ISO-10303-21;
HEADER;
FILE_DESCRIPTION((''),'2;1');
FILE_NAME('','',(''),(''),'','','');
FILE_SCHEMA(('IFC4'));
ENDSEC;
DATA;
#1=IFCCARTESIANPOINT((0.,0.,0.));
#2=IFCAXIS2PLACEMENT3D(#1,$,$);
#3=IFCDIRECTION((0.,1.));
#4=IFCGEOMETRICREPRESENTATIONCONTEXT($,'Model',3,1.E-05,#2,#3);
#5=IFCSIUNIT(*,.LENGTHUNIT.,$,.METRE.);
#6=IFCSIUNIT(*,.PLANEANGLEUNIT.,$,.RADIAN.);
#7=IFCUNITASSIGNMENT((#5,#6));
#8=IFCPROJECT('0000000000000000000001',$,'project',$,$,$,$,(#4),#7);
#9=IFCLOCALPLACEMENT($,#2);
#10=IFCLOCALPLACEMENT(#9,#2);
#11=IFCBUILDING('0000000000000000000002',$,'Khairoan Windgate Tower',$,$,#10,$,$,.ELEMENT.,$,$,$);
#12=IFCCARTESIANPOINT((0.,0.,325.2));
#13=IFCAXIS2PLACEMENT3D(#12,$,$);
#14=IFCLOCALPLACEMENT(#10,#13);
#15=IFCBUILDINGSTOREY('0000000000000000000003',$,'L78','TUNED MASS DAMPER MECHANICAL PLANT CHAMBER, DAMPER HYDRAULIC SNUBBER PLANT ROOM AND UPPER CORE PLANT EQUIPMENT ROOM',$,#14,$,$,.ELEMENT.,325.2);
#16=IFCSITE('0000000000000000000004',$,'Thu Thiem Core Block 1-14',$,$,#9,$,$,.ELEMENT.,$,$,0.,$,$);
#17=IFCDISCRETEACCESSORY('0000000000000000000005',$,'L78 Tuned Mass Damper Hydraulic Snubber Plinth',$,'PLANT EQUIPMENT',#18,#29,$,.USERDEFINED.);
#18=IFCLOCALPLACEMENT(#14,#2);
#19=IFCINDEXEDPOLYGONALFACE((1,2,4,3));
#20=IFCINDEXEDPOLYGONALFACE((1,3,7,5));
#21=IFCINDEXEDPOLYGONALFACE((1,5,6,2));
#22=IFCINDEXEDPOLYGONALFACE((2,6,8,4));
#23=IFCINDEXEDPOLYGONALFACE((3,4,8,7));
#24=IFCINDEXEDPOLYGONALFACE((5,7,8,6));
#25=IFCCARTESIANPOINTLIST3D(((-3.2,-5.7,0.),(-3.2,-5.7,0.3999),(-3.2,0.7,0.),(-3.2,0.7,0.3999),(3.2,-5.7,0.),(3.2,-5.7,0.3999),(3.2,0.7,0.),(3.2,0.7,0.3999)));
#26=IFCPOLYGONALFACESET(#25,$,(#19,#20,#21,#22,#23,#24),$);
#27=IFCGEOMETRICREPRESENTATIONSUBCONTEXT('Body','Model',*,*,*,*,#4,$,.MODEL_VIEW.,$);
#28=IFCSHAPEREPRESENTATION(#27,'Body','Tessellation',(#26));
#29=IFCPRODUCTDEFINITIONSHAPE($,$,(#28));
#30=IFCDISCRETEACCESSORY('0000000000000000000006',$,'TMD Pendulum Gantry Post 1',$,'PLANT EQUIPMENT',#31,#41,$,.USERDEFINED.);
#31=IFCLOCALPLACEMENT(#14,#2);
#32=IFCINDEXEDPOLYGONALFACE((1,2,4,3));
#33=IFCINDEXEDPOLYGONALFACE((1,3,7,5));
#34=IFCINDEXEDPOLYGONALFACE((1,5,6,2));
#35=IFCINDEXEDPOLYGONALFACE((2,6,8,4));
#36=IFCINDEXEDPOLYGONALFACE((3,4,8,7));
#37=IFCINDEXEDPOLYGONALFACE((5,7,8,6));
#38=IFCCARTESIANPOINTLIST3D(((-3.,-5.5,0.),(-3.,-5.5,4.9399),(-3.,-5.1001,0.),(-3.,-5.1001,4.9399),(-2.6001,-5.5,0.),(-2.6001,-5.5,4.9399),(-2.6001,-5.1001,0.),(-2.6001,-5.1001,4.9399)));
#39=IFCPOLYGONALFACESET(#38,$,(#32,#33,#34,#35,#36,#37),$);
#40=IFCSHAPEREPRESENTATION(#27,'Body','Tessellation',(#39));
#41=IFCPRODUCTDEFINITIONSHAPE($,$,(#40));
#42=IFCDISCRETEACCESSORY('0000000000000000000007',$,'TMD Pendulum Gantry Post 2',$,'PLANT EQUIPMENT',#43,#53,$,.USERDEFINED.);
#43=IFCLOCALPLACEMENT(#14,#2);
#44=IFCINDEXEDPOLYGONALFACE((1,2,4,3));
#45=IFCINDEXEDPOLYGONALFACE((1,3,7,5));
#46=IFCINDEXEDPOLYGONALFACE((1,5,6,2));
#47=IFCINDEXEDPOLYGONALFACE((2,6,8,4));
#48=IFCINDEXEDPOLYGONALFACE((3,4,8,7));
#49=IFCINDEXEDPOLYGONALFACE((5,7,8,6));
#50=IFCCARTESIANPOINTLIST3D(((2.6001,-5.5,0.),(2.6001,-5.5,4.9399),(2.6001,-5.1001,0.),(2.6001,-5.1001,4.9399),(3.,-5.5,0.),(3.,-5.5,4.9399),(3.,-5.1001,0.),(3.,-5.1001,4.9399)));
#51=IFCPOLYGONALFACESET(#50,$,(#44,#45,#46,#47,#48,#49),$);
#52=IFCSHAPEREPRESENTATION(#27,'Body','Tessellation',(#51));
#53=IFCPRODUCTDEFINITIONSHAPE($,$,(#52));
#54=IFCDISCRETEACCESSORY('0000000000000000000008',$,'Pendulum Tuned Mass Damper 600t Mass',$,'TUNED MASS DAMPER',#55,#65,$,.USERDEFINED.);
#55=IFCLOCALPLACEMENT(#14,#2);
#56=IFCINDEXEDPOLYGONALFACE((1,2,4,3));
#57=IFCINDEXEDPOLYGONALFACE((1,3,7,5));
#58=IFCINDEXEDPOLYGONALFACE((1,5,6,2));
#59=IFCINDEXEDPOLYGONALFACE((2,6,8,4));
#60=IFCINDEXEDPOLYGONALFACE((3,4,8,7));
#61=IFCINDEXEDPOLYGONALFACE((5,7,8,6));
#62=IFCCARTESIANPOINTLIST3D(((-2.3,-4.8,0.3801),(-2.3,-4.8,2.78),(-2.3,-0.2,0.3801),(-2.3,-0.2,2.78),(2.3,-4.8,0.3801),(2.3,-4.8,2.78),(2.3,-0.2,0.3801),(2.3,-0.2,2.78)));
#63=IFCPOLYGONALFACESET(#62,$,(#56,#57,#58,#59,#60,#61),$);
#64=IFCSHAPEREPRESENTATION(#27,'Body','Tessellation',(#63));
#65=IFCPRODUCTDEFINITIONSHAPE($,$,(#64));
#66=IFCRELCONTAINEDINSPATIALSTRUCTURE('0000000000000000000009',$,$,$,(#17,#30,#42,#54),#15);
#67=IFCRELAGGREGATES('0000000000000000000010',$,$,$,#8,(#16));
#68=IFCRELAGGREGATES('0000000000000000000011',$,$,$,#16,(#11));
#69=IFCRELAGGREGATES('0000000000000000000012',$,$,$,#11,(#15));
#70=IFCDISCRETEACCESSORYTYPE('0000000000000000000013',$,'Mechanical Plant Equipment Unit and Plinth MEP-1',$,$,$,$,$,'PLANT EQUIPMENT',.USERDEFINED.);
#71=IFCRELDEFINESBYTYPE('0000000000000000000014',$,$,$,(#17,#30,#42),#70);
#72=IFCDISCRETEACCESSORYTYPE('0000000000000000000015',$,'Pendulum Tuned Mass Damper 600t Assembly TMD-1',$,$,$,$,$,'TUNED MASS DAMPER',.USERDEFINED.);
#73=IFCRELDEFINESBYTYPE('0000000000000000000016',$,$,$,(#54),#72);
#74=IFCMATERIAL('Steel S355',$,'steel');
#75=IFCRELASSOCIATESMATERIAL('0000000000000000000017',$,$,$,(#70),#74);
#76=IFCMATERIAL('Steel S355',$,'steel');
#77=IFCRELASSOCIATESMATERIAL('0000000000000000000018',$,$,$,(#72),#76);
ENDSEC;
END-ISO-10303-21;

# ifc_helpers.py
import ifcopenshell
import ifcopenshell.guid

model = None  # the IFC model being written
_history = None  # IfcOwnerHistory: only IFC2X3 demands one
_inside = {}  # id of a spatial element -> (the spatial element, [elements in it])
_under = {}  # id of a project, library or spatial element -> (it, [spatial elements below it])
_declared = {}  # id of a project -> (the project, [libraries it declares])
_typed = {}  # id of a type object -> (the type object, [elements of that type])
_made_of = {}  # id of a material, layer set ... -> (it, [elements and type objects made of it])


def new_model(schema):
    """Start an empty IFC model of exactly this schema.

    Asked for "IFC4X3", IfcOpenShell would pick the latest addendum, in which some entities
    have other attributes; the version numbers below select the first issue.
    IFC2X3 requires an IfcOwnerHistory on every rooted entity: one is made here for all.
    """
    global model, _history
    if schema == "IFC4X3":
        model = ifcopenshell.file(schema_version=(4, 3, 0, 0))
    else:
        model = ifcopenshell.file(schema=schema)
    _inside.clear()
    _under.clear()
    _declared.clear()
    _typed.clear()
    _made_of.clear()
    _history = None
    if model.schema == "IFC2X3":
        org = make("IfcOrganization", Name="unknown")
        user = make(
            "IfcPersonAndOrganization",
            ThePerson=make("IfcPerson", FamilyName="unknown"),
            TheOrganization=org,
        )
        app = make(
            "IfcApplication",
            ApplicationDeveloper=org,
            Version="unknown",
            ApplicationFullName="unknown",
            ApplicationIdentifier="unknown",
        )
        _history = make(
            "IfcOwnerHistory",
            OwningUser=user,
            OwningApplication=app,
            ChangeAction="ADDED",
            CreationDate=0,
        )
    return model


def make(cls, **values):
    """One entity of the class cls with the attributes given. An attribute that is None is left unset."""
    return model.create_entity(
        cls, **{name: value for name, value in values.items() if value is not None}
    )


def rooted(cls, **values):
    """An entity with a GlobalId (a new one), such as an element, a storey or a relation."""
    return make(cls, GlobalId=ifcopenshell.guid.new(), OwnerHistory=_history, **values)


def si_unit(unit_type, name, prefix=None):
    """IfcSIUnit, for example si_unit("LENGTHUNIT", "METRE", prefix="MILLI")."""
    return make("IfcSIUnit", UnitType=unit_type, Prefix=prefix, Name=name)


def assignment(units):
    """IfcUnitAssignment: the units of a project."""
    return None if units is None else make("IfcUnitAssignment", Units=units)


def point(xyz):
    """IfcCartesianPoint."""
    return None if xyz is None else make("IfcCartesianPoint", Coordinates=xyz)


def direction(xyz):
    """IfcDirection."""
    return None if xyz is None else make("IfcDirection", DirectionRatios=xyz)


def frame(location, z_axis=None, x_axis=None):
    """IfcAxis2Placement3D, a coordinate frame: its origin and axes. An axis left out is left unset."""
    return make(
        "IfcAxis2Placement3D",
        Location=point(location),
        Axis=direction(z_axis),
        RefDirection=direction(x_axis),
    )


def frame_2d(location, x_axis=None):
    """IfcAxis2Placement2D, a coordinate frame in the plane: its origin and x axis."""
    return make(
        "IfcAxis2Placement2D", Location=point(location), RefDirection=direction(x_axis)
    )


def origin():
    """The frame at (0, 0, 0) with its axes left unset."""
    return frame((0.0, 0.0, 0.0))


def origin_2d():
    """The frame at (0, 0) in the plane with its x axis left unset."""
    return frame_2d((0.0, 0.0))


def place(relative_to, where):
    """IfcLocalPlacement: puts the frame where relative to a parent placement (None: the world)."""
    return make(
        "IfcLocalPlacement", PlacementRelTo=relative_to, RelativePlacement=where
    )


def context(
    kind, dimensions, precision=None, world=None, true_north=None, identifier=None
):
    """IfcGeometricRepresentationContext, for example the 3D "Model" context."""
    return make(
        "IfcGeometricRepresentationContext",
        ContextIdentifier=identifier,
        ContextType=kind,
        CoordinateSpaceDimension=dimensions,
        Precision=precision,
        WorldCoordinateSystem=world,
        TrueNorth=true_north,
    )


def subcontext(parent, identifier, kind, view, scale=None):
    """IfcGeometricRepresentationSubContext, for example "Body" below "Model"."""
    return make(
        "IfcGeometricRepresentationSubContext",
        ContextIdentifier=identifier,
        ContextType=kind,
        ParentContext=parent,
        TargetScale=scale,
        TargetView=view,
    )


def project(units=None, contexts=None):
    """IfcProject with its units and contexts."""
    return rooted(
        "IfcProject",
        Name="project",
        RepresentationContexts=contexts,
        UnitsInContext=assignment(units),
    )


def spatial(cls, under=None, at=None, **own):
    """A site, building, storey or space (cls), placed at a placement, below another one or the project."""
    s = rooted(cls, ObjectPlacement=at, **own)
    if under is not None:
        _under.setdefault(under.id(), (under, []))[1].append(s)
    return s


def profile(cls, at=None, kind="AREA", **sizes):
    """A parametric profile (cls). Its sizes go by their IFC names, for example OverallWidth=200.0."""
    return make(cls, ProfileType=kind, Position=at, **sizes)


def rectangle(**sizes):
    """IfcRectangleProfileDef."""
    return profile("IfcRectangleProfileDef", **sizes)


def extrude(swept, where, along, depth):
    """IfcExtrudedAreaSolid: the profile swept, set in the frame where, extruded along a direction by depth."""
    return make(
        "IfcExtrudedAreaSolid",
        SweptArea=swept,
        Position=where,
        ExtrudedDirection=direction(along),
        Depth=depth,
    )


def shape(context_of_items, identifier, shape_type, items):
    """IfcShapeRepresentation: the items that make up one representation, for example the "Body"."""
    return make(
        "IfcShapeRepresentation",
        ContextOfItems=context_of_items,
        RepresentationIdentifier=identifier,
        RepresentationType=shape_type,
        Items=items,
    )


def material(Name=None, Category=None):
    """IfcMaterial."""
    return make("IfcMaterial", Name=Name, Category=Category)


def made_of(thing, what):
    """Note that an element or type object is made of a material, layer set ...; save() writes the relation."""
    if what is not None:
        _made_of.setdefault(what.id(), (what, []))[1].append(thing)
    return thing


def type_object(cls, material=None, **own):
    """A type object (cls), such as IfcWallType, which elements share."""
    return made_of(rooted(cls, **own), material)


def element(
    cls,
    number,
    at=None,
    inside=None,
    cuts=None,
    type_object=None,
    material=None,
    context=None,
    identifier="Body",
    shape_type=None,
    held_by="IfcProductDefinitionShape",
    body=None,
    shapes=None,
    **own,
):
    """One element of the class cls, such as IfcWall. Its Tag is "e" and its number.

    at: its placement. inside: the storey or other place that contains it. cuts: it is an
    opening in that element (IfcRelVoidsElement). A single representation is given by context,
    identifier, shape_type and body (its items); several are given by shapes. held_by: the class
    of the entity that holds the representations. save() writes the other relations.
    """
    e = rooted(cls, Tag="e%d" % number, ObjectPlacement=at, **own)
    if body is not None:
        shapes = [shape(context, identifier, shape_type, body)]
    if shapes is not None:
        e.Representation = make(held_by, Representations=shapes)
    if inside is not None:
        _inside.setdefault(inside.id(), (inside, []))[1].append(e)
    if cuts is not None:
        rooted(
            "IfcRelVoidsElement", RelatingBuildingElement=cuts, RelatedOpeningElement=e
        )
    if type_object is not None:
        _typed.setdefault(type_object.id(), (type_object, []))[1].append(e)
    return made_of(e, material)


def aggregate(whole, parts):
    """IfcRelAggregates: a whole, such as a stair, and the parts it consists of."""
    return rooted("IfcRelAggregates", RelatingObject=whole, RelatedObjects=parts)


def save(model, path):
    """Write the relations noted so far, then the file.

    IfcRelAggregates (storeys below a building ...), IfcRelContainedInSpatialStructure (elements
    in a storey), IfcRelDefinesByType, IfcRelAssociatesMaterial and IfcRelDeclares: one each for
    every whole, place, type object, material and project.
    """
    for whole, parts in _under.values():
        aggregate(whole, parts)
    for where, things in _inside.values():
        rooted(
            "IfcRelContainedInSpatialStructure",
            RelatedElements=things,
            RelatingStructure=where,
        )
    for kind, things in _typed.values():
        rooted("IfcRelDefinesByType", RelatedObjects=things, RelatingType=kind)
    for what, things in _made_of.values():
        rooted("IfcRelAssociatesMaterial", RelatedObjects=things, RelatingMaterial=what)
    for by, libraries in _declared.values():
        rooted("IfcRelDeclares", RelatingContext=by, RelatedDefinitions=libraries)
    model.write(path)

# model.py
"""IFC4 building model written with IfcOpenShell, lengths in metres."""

from ifc_helpers import new_model, si_unit, direction, frame, origin, origin_2d, place, context, subcontext, project, spatial, rectangle, extrude, material, type_object, element, save


model = new_model("IFC4")

# Units and contexts
model_context = context("Model", 3, precision=1e-05, world=origin(), true_north=direction((0.0, 1.0)))
body_context = subcontext(model_context, "Body", "Model", "MODEL_VIEW")
ifc_project = project(units=[si_unit("LENGTHUNIT", "METRE"), si_unit("PLANEANGLEUNIT", "RADIAN")], contexts=[model_context])

# Site, building, storey
site_placement = place(None, origin())
site = spatial("IfcSite", under=ifc_project, at=site_placement, Name="Thu Thiem Core Block 1-14", CompositionType="ELEMENT", RefElevation=0.0)
building_placement = place(site_placement, origin())
building = spatial("IfcBuilding", under=site, at=building_placement, Name="Khairoan Windgate Tower", CompositionType="ELEMENT")
storey_placement = place(building_placement, frame((0.0, 0.0, 325.2)))
storey = spatial("IfcBuildingStorey", under=building, at=storey_placement, Name="L78", Description="TUNED MASS DAMPER MECHANICAL PLANT CHAMBER, DAMPER HYDRAULIC SNUBBER PLANT ROOM AND UPPER CORE PLANT EQUIPMENT ROOM", CompositionType="ELEMENT", Elevation=325.2)

# Discrete accessories
ifc_material_1 = material(Name="Steel S355", Category="steel")
discrete_accessory_type_1 = type_object("IfcDiscreteAccessoryType", Name="Mechanical Plant Equipment Unit and Plinth MEP-1", ElementType="PLANT EQUIPMENT", PredefinedType="USERDEFINED", material=ifc_material_1)
discrete_accessory_1_placement = place(storey_placement, frame((0.0, -2.5, 0.0), z_axis=(0.0, 0.0, 1.0), x_axis=(1.0, 0.0, 0.0)))
element("IfcDiscreteAccessory", 1, at=discrete_accessory_1_placement, inside=storey, type_object=discrete_accessory_type_1, Name="L78 Tuned Mass Damper Hydraulic Snubber Plinth", ObjectType="PLANT EQUIPMENT", PredefinedType="USERDEFINED", context=body_context, shape_type="SweptSolid", body=[
    extrude(rectangle(XDim=6.3999, YDim=6.3999, at=origin_2d()), origin(), (0.0, 0.0, 1.0), 0.3999),
])
for number, where, z_axis, x_axis, name in (
    (2, (-2.8, -5.3, 0.0), (0.0, 0.0, 1.0), (1.0, 0.0, 0.0), "TMD Pendulum Gantry Post 1"),
    (3, (2.8, -5.3, 0.0), (0.0, 0.0, 1.0), (1.0, 0.0, 0.0), "TMD Pendulum Gantry Post 2"),
):
    element("IfcDiscreteAccessory", number, at=place(storey_placement, frame(where, z_axis=z_axis, x_axis=x_axis)), inside=storey, type_object=discrete_accessory_type_1, Name=name, ObjectType="PLANT EQUIPMENT", PredefinedType="USERDEFINED", context=body_context, shape_type="SweptSolid", body=[
        extrude(rectangle(XDim=0.3999, YDim=0.3999, at=origin_2d()), origin(), (0.0, 0.0, 1.0), 4.9399),
    ])
ifc_material_2 = material(Name="Steel S355", Category="steel")
discrete_accessory_type_2 = type_object("IfcDiscreteAccessoryType", Name="Pendulum Tuned Mass Damper 600t Assembly TMD-1", ElementType="TUNED MASS DAMPER", PredefinedType="USERDEFINED", material=ifc_material_2)
discrete_accessory_2_placement = place(storey_placement, frame((0.0, -2.5, 0.3801), z_axis=(0.0, 0.0, 1.0), x_axis=(1.0, 0.0, 0.0)))
element("IfcDiscreteAccessory", 4, at=discrete_accessory_2_placement, inside=storey, type_object=discrete_accessory_type_2, Name="Pendulum Tuned Mass Damper 600t Mass", ObjectType="TUNED MASS DAMPER", PredefinedType="USERDEFINED", context=body_context, shape_type="SweptSolid", body=[
    extrude(rectangle(XDim=4.6001, YDim=4.6001, at=origin_2d()), origin(), (0.0, 0.0, 1.0), 2.3999),
])

save(model, "model.ifc")
